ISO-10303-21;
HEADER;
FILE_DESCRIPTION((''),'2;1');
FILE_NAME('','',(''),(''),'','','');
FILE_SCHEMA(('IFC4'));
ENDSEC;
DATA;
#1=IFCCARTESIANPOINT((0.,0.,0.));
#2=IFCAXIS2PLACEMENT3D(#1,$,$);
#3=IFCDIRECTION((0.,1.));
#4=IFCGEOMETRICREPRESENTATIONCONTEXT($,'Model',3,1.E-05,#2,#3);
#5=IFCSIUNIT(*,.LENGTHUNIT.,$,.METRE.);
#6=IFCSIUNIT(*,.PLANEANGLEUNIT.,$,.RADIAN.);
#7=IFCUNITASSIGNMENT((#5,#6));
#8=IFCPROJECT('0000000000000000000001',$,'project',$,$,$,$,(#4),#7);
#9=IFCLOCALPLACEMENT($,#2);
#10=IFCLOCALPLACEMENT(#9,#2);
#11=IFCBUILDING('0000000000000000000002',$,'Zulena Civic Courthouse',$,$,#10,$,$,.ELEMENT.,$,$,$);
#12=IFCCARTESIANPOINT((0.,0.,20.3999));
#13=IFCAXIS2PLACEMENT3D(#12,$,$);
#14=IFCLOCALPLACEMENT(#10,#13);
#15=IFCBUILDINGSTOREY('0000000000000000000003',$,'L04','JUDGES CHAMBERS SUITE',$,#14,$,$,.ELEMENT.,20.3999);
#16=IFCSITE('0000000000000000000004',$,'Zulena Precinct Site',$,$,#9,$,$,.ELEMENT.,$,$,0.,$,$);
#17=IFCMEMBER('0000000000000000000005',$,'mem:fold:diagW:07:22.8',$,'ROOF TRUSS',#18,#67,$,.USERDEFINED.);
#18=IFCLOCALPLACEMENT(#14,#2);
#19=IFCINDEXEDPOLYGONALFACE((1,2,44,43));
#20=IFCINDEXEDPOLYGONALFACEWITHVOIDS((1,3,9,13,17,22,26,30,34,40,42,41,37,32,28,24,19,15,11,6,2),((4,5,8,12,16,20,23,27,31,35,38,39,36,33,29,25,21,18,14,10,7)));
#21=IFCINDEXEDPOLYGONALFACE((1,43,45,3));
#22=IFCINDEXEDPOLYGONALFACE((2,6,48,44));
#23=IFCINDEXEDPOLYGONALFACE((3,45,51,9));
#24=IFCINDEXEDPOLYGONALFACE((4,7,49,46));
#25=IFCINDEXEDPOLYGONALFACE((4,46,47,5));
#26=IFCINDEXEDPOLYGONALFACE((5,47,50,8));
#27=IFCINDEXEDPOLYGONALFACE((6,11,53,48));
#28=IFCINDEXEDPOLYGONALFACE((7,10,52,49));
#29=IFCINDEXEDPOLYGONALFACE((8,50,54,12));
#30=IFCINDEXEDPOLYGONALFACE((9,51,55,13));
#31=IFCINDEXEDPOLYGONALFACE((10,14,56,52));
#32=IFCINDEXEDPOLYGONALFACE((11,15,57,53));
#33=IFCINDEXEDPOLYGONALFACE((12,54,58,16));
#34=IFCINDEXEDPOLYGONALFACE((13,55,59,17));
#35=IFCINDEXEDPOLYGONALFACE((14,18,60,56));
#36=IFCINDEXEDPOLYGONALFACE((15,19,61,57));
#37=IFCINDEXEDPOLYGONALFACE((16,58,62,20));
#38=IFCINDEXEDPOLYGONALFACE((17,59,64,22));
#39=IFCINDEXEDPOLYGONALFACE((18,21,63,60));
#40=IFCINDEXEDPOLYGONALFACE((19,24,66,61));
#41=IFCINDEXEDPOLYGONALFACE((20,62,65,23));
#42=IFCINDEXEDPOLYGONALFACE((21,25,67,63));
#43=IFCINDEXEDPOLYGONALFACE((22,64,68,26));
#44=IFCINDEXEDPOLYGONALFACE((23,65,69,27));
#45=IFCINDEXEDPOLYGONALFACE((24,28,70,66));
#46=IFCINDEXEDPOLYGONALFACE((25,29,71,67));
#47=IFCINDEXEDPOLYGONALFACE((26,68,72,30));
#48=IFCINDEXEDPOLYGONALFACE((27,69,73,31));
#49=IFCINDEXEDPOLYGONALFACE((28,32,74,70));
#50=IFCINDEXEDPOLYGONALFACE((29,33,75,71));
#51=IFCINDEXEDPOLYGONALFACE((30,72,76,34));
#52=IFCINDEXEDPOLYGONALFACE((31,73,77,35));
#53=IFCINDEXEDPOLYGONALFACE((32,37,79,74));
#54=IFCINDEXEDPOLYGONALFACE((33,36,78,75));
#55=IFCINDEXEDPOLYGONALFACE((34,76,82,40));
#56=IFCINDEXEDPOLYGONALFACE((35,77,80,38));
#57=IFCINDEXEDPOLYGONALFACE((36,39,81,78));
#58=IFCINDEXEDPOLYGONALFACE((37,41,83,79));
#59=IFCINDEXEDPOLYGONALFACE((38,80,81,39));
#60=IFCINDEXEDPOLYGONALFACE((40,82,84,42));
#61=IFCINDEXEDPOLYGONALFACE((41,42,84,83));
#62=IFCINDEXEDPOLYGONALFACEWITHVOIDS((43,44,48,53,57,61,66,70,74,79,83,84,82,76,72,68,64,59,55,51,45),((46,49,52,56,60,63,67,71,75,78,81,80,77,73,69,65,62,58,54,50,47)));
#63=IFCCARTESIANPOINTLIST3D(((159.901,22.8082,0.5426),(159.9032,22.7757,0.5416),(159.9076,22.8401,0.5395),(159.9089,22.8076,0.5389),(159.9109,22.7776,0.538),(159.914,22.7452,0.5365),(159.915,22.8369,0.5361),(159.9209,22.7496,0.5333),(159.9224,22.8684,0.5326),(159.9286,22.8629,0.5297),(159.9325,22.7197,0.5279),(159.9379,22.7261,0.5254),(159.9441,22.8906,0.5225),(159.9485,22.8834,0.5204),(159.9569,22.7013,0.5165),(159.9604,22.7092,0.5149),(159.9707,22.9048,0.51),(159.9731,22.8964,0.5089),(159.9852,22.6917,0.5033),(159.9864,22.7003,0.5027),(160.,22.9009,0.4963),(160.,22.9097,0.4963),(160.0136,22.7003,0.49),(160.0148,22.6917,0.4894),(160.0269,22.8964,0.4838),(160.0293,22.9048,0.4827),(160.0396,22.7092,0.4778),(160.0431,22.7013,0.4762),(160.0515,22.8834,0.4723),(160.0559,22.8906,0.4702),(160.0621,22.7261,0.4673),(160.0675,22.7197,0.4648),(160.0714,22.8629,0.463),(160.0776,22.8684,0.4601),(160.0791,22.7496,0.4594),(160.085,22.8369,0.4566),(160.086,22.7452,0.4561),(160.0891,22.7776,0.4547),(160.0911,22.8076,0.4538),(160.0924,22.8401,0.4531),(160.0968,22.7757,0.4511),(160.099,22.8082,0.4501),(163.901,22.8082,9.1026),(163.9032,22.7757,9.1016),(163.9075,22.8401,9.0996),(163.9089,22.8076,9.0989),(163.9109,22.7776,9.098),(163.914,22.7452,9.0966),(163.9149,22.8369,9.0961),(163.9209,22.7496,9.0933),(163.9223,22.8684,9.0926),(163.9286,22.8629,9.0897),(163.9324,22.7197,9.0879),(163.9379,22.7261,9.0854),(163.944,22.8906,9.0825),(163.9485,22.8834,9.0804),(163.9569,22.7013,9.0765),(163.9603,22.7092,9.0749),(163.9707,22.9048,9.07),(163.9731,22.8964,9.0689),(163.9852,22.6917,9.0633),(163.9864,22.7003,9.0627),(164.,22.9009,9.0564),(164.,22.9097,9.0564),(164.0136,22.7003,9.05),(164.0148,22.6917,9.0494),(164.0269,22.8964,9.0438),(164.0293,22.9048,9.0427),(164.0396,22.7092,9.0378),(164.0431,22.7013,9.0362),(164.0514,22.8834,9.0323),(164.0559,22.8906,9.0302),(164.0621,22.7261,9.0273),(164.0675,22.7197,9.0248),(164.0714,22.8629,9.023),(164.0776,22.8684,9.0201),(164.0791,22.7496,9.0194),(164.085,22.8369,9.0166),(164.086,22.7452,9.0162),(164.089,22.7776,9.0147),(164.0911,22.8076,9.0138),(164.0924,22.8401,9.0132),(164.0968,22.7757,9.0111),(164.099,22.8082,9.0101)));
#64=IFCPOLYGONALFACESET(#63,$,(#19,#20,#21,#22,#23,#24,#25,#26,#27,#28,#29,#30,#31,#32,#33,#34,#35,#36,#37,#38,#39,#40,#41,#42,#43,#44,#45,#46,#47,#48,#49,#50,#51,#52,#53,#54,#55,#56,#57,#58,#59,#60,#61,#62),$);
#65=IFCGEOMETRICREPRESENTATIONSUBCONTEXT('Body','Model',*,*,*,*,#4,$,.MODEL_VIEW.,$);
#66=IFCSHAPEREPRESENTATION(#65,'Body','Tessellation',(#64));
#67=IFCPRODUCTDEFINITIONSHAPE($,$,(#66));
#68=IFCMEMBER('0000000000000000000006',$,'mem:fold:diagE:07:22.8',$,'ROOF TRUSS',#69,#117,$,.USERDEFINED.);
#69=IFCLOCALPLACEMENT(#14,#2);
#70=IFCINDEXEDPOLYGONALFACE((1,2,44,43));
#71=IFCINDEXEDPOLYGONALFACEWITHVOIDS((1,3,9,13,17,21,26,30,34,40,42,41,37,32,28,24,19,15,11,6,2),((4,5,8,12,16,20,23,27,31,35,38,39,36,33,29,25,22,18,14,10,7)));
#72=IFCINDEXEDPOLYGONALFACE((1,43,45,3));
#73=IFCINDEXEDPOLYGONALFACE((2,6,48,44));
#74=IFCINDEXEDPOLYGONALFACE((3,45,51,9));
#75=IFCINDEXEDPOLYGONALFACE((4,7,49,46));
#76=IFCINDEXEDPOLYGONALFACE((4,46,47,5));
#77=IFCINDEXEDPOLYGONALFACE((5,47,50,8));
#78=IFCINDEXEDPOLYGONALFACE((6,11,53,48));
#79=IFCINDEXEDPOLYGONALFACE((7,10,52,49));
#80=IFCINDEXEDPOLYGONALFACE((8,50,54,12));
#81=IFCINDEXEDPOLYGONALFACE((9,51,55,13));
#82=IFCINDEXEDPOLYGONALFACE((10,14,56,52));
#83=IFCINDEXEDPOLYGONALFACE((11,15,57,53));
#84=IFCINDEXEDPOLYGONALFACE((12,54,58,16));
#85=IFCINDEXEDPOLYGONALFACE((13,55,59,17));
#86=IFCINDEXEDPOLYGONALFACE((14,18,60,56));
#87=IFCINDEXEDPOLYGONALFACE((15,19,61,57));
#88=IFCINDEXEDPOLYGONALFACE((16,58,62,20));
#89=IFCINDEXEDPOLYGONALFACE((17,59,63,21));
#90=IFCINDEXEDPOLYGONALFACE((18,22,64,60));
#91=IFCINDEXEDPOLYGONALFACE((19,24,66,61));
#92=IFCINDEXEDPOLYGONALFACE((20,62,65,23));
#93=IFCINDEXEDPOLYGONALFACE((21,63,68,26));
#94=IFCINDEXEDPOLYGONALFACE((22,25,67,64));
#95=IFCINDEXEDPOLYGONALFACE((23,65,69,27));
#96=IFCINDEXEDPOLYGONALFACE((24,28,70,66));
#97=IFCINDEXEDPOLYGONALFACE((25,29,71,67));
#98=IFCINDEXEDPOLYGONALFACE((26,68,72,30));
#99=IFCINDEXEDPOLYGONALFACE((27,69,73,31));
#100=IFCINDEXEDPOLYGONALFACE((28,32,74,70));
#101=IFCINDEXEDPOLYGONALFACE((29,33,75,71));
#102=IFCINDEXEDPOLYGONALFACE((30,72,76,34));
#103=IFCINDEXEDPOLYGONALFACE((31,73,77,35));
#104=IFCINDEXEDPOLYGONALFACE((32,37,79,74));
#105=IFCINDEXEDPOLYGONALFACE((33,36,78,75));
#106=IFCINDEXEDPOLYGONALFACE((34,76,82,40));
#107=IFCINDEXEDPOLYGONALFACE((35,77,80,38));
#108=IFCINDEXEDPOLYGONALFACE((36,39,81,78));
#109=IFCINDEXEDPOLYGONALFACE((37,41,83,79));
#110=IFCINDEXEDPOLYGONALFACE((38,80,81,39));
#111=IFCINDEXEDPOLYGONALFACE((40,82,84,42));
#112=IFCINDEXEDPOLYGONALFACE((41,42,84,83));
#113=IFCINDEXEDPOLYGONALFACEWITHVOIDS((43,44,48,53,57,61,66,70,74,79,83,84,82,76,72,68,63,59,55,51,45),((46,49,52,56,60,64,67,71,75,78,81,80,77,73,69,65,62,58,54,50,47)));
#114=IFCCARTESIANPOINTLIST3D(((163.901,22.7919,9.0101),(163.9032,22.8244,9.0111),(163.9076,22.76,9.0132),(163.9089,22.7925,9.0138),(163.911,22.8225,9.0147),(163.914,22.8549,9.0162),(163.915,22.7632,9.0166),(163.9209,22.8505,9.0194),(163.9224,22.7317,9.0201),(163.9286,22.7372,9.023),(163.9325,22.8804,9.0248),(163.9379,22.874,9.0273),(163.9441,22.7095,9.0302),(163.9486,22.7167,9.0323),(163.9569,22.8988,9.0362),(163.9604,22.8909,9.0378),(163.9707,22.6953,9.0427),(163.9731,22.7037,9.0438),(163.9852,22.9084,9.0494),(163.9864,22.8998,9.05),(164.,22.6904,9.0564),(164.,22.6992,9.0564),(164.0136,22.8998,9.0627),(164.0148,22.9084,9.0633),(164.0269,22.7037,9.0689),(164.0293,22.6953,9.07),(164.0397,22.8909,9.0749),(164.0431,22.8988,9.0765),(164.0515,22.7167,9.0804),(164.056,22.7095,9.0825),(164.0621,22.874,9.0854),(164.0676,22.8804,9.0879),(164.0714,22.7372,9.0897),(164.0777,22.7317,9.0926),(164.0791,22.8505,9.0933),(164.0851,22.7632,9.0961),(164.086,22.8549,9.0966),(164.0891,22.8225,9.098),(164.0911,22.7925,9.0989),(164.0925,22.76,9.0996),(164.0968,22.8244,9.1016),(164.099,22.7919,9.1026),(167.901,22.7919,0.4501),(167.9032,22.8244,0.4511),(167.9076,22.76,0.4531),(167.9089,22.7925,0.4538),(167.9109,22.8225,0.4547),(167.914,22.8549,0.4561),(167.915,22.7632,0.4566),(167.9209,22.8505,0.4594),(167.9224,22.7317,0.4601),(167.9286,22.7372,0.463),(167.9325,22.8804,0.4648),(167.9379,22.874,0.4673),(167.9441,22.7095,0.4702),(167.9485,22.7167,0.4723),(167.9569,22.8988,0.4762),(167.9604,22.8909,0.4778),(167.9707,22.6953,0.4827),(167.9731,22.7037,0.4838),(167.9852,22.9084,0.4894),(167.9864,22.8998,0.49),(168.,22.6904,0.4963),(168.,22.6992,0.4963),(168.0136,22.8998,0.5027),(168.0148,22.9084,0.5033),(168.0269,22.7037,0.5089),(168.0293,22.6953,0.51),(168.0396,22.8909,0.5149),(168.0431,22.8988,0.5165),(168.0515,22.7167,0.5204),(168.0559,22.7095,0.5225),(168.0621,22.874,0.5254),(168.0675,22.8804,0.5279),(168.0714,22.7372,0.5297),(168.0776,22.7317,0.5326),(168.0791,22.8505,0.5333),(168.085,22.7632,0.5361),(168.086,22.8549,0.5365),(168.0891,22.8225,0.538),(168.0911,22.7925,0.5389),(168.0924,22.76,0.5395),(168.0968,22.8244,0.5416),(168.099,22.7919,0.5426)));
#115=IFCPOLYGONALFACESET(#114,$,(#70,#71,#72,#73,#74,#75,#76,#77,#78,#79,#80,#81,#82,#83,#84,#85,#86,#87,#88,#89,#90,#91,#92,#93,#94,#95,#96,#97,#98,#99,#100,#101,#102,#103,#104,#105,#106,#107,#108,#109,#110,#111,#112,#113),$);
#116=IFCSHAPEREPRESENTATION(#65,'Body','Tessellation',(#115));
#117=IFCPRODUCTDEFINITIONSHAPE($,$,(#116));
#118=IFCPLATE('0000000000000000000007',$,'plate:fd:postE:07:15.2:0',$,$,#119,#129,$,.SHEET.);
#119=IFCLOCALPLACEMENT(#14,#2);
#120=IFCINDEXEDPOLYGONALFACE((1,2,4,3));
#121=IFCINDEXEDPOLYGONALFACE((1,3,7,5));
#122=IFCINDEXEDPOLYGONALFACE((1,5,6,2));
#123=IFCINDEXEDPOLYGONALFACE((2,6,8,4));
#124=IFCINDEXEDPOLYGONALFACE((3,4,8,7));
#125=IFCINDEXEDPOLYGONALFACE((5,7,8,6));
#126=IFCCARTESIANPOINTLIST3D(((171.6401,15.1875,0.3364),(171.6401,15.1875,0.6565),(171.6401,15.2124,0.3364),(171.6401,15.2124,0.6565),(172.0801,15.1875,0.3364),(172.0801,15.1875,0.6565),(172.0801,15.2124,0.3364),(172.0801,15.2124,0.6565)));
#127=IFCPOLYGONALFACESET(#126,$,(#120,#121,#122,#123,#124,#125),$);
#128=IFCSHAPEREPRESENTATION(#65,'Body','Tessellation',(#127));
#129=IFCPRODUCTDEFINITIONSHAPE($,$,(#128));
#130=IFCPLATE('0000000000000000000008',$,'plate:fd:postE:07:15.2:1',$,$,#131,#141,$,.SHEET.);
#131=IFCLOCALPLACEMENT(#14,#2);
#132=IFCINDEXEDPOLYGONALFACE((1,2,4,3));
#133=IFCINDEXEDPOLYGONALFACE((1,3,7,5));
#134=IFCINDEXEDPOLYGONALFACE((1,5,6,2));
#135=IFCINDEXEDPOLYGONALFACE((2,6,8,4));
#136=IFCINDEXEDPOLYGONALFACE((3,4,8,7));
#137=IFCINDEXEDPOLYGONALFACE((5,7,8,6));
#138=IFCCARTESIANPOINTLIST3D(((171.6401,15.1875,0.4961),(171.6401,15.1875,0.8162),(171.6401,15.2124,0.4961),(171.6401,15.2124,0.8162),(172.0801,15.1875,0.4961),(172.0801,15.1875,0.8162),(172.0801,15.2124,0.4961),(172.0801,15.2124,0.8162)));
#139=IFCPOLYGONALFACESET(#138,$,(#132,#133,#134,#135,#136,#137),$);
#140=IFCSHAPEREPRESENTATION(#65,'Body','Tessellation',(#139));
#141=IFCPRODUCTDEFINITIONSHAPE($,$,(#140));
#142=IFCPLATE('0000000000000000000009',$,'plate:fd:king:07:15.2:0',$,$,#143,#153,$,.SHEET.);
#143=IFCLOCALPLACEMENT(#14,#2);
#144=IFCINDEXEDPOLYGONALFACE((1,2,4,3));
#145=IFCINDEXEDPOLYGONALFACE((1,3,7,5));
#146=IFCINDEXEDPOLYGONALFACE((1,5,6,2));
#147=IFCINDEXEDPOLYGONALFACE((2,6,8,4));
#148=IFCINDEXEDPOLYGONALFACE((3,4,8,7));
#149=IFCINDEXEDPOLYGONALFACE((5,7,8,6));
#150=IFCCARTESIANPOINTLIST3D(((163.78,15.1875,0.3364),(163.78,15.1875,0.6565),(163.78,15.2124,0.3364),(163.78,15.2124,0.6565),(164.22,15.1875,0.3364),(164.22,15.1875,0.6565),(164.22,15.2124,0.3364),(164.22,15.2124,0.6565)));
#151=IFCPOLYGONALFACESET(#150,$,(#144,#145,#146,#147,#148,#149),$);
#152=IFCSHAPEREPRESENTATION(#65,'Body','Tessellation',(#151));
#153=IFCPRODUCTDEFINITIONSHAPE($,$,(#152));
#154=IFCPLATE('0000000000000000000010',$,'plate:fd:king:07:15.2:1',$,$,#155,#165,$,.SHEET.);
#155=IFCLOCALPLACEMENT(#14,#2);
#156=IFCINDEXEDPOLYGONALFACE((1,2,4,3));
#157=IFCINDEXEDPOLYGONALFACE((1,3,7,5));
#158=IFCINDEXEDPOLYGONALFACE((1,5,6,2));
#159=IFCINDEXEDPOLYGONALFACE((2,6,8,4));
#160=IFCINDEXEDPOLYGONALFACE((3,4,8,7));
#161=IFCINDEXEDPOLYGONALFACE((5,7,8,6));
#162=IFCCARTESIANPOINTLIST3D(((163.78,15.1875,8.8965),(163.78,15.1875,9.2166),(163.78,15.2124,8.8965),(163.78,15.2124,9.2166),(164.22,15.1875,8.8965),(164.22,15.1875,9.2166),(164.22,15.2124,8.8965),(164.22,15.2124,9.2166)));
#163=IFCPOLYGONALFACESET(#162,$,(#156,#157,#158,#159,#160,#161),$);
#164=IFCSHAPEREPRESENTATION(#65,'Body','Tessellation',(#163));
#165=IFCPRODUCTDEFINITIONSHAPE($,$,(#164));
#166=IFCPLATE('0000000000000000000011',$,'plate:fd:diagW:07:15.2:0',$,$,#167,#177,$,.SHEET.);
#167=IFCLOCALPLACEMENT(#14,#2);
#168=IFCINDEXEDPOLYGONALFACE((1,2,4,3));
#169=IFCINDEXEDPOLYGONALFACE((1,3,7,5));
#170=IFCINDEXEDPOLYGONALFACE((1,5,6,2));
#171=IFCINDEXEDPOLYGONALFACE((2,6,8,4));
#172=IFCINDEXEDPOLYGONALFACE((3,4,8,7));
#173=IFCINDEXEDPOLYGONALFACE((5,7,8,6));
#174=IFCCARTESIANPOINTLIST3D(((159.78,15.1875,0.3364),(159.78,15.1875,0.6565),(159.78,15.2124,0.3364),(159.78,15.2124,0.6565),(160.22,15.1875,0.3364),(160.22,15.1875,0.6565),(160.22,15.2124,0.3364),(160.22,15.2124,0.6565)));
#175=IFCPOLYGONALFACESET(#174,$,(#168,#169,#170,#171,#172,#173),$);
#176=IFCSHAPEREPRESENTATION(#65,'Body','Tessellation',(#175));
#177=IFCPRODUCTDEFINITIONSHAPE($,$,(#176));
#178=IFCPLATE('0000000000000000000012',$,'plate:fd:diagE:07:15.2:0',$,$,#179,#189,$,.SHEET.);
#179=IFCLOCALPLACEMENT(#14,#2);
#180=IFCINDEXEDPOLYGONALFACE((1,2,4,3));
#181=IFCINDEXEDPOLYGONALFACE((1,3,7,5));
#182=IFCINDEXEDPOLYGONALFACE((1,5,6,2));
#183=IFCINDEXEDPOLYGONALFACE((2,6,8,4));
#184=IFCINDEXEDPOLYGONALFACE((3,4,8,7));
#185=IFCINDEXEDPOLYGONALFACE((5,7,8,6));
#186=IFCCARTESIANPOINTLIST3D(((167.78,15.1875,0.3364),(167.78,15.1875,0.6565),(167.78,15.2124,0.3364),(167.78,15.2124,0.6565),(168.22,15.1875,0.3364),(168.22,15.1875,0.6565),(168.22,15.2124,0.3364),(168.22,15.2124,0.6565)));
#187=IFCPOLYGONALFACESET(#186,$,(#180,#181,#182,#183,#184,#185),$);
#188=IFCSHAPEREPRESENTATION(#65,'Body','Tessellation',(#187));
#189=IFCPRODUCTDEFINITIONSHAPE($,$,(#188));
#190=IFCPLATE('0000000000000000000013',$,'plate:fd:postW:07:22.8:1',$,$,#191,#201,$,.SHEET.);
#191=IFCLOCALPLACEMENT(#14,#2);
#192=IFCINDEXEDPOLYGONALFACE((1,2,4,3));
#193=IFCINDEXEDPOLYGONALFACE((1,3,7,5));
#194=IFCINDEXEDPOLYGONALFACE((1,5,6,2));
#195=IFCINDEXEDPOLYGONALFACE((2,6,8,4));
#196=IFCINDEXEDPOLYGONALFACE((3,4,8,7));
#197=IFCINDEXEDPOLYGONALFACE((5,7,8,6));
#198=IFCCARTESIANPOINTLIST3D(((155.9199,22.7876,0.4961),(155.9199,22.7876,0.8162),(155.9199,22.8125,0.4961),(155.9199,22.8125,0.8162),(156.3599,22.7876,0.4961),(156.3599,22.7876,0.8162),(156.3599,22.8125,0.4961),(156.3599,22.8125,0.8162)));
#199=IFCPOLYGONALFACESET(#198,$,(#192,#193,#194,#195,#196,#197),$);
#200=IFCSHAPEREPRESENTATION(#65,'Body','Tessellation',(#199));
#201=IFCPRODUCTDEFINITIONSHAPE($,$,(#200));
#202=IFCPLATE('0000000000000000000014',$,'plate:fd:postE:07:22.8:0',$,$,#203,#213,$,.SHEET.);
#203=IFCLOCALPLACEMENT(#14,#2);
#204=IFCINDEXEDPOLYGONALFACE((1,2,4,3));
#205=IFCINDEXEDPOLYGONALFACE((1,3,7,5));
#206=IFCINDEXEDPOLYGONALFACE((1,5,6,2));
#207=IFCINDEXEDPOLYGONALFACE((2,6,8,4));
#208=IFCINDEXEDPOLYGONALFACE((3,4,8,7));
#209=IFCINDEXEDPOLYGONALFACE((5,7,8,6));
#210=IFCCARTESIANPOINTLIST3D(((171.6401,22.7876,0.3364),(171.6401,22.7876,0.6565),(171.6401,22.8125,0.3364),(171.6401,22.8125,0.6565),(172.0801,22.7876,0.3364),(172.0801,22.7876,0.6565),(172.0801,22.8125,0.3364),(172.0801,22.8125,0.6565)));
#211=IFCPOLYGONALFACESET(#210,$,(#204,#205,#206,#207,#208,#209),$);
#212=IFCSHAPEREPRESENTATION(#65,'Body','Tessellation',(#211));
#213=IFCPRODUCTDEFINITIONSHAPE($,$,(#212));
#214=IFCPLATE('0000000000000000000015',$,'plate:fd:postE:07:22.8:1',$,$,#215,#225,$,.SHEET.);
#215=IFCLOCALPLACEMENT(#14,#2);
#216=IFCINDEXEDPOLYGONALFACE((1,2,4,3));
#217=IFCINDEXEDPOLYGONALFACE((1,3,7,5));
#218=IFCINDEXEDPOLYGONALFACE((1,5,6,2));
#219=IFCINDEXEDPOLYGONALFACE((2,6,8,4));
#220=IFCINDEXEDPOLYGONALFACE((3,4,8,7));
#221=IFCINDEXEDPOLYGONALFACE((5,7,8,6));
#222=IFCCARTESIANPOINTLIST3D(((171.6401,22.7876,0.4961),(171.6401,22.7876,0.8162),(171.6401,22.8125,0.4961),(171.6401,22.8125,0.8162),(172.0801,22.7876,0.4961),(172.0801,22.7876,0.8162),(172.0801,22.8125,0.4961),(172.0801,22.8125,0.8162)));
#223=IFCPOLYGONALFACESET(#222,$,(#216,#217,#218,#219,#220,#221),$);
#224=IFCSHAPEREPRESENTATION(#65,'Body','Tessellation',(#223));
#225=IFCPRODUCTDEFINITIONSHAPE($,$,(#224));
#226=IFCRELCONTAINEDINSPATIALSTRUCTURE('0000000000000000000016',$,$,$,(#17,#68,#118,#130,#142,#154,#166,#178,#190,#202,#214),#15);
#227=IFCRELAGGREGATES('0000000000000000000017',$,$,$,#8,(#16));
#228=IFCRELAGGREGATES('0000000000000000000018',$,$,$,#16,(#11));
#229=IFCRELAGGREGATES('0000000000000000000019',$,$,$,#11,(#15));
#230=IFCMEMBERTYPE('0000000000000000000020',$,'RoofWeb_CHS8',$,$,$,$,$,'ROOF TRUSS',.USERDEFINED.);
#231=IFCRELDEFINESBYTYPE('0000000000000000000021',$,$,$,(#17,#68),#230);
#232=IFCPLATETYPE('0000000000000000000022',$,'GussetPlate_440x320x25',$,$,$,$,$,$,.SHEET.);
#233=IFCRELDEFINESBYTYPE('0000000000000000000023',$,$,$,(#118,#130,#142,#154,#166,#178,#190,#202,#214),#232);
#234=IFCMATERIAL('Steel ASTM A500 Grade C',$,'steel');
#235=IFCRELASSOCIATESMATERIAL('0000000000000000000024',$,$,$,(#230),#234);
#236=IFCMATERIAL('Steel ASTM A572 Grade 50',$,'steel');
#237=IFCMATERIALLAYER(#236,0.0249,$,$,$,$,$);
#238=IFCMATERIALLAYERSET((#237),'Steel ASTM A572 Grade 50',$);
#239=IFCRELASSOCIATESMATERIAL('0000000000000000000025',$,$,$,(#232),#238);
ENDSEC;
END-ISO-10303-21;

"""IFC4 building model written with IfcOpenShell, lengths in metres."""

from ifc_helpers import new_model, si_unit, direction, frame, origin, origin_2d, place, context, subcontext, project, spatial, rectangle, hollow_circle, extrude, material, layer, layer_set, material_profile, profile_set, type_object, element, save


model = new_model("IFC4")

# Units and contexts
model_context = context("Model", 3, precision=1e-05, world=origin(), true_north=direction((0.0, 1.0)))
body_context = subcontext(model_context, "Body", "Model", "MODEL_VIEW")
ifc_project = project(units=[si_unit("LENGTHUNIT", "METRE"), si_unit("PLANEANGLEUNIT", "RADIAN")], contexts=[model_context])

# Site, building, storey
site_placement = place(None, origin())
site = spatial("IfcSite", under=ifc_project, at=site_placement, Name="Zulena Precinct Site", CompositionType="ELEMENT", RefElevation=0.0)
building_placement = place(site_placement, origin())
building = spatial("IfcBuilding", under=site, at=building_placement, Name="Zulena Civic Courthouse", CompositionType="ELEMENT")
storey_placement = place(building_placement, frame((0.0, 0.0, 20.3999)))
storey = spatial("IfcBuildingStorey", under=building, at=storey_placement, Name="L04", Description="JUDGES CHAMBERS SUITE", CompositionType="ELEMENT", Elevation=20.3999)

# Members
ifc_material_1 = material(Name="Steel ASTM A500 Grade C", Category="steel")
ifc_material_profile_1 = material_profile(ifc_material_1, hollow_circle(Radius=0.1096, WallThickness=0.0088, at=origin_2d()), Name="HSS8.625X0.375")
ifc_profile_set_1 = profile_set([ifc_material_profile_1], Name="Steel ASTM A500 Grade C")
member_type_1 = type_object("IfcMemberType", Name="RoofWeb_CHS8", ElementType="ROOF TRUSS", PredefinedType="USERDEFINED", material=ifc_profile_set_1)
for number, where, z_axis, x_axis, name in (
    (1, (160.0, 22.8, 0.4963), (0.423347, 0.0, 0.905968), (0.0, 1.0, 0.0), "mem:fold:diagW:07:22.8"),
    (2, (168.0, 22.8, 0.4963), (-0.423347, 0.0, 0.905968), (0.0, -1.0, 0.0), "mem:fold:diagE:07:22.8"),
):
    element("IfcMember", number, at=place(storey_placement, frame(where, z_axis=z_axis, x_axis=x_axis)), inside=storey, type_object=member_type_1, Name=name, ObjectType="ROOF TRUSS", PredefinedType="USERDEFINED", context=body_context, shape_type="SweptSolid", body=[
        extrude(hollow_circle(Radius=0.1096, WallThickness=0.0088, at=origin_2d()), origin(), (0.0, 0.0, 1.0), 9.4485),
    ])

# Plates
ifc_material_2 = material(Name="Steel ASTM A572 Grade 50", Category="steel")
ifc_layer = layer(ifc_material_2, 0.0249)
ifc_layer_set = layer_set([ifc_layer], Name="Steel ASTM A572 Grade 50")
plate_type = type_object("IfcPlateType", Name="GussetPlate_440x320x25", PredefinedType="SHEET", material=ifc_layer_set)
for number, where, z_axis, x_axis, name in (
    (3, (171.8601, 15.2, 0.3364), (0.0, 0.0, 1.0), (1.0, 0.0, 0.0), "plate:fd:postE:07:15.2:0"),
    (4, (171.8601, 15.2, 0.4961), (0.0, 0.0, 1.0), (1.0, 0.0, 0.0), "plate:fd:postE:07:15.2:1"),
    (5, (164.0, 15.2, 0.3364), (0.0, 0.0, 1.0), (1.0, 0.0, 0.0), "plate:fd:king:07:15.2:0"),
    (6, (164.0, 15.2, 8.8965), (0.0, 0.0, 1.0), (1.0, 0.0, 0.0), "plate:fd:king:07:15.2:1"),
    (7, (160.0, 15.2, 0.3364), (0.0, 0.0, 1.0), (1.0, 0.0, 0.0), "plate:fd:diagW:07:15.2:0"),
    (8, (168.0, 15.2, 0.3364), (0.0, 0.0, 1.0), (1.0, 0.0, 0.0), "plate:fd:diagE:07:15.2:0"),
    (9, (156.1399, 22.8, 0.4961), (0.0, 0.0, 1.0), (1.0, 0.0, 0.0), "plate:fd:postW:07:22.8:1"),
    (10, (171.8601, 22.8, 0.3364), (0.0, 0.0, 1.0), (1.0, 0.0, 0.0), "plate:fd:postE:07:22.8:0"),
    (11, (171.8601, 22.8, 0.4961), (0.0, 0.0, 1.0), (1.0, 0.0, 0.0), "plate:fd:postE:07:22.8:1"),
):
    element("IfcPlate", number, at=place(storey_placement, frame(where, z_axis=z_axis, x_axis=x_axis)), inside=storey, type_object=plate_type, Name=name, PredefinedType="SHEET", context=body_context, shape_type="SweptSolid", body=[
        extrude(rectangle(XDim=0.4399, YDim=0.0249, at=origin_2d()), origin(), (0.0, 0.0, 1.0), 0.3201),
    ])

save(model, "model.ifc")
